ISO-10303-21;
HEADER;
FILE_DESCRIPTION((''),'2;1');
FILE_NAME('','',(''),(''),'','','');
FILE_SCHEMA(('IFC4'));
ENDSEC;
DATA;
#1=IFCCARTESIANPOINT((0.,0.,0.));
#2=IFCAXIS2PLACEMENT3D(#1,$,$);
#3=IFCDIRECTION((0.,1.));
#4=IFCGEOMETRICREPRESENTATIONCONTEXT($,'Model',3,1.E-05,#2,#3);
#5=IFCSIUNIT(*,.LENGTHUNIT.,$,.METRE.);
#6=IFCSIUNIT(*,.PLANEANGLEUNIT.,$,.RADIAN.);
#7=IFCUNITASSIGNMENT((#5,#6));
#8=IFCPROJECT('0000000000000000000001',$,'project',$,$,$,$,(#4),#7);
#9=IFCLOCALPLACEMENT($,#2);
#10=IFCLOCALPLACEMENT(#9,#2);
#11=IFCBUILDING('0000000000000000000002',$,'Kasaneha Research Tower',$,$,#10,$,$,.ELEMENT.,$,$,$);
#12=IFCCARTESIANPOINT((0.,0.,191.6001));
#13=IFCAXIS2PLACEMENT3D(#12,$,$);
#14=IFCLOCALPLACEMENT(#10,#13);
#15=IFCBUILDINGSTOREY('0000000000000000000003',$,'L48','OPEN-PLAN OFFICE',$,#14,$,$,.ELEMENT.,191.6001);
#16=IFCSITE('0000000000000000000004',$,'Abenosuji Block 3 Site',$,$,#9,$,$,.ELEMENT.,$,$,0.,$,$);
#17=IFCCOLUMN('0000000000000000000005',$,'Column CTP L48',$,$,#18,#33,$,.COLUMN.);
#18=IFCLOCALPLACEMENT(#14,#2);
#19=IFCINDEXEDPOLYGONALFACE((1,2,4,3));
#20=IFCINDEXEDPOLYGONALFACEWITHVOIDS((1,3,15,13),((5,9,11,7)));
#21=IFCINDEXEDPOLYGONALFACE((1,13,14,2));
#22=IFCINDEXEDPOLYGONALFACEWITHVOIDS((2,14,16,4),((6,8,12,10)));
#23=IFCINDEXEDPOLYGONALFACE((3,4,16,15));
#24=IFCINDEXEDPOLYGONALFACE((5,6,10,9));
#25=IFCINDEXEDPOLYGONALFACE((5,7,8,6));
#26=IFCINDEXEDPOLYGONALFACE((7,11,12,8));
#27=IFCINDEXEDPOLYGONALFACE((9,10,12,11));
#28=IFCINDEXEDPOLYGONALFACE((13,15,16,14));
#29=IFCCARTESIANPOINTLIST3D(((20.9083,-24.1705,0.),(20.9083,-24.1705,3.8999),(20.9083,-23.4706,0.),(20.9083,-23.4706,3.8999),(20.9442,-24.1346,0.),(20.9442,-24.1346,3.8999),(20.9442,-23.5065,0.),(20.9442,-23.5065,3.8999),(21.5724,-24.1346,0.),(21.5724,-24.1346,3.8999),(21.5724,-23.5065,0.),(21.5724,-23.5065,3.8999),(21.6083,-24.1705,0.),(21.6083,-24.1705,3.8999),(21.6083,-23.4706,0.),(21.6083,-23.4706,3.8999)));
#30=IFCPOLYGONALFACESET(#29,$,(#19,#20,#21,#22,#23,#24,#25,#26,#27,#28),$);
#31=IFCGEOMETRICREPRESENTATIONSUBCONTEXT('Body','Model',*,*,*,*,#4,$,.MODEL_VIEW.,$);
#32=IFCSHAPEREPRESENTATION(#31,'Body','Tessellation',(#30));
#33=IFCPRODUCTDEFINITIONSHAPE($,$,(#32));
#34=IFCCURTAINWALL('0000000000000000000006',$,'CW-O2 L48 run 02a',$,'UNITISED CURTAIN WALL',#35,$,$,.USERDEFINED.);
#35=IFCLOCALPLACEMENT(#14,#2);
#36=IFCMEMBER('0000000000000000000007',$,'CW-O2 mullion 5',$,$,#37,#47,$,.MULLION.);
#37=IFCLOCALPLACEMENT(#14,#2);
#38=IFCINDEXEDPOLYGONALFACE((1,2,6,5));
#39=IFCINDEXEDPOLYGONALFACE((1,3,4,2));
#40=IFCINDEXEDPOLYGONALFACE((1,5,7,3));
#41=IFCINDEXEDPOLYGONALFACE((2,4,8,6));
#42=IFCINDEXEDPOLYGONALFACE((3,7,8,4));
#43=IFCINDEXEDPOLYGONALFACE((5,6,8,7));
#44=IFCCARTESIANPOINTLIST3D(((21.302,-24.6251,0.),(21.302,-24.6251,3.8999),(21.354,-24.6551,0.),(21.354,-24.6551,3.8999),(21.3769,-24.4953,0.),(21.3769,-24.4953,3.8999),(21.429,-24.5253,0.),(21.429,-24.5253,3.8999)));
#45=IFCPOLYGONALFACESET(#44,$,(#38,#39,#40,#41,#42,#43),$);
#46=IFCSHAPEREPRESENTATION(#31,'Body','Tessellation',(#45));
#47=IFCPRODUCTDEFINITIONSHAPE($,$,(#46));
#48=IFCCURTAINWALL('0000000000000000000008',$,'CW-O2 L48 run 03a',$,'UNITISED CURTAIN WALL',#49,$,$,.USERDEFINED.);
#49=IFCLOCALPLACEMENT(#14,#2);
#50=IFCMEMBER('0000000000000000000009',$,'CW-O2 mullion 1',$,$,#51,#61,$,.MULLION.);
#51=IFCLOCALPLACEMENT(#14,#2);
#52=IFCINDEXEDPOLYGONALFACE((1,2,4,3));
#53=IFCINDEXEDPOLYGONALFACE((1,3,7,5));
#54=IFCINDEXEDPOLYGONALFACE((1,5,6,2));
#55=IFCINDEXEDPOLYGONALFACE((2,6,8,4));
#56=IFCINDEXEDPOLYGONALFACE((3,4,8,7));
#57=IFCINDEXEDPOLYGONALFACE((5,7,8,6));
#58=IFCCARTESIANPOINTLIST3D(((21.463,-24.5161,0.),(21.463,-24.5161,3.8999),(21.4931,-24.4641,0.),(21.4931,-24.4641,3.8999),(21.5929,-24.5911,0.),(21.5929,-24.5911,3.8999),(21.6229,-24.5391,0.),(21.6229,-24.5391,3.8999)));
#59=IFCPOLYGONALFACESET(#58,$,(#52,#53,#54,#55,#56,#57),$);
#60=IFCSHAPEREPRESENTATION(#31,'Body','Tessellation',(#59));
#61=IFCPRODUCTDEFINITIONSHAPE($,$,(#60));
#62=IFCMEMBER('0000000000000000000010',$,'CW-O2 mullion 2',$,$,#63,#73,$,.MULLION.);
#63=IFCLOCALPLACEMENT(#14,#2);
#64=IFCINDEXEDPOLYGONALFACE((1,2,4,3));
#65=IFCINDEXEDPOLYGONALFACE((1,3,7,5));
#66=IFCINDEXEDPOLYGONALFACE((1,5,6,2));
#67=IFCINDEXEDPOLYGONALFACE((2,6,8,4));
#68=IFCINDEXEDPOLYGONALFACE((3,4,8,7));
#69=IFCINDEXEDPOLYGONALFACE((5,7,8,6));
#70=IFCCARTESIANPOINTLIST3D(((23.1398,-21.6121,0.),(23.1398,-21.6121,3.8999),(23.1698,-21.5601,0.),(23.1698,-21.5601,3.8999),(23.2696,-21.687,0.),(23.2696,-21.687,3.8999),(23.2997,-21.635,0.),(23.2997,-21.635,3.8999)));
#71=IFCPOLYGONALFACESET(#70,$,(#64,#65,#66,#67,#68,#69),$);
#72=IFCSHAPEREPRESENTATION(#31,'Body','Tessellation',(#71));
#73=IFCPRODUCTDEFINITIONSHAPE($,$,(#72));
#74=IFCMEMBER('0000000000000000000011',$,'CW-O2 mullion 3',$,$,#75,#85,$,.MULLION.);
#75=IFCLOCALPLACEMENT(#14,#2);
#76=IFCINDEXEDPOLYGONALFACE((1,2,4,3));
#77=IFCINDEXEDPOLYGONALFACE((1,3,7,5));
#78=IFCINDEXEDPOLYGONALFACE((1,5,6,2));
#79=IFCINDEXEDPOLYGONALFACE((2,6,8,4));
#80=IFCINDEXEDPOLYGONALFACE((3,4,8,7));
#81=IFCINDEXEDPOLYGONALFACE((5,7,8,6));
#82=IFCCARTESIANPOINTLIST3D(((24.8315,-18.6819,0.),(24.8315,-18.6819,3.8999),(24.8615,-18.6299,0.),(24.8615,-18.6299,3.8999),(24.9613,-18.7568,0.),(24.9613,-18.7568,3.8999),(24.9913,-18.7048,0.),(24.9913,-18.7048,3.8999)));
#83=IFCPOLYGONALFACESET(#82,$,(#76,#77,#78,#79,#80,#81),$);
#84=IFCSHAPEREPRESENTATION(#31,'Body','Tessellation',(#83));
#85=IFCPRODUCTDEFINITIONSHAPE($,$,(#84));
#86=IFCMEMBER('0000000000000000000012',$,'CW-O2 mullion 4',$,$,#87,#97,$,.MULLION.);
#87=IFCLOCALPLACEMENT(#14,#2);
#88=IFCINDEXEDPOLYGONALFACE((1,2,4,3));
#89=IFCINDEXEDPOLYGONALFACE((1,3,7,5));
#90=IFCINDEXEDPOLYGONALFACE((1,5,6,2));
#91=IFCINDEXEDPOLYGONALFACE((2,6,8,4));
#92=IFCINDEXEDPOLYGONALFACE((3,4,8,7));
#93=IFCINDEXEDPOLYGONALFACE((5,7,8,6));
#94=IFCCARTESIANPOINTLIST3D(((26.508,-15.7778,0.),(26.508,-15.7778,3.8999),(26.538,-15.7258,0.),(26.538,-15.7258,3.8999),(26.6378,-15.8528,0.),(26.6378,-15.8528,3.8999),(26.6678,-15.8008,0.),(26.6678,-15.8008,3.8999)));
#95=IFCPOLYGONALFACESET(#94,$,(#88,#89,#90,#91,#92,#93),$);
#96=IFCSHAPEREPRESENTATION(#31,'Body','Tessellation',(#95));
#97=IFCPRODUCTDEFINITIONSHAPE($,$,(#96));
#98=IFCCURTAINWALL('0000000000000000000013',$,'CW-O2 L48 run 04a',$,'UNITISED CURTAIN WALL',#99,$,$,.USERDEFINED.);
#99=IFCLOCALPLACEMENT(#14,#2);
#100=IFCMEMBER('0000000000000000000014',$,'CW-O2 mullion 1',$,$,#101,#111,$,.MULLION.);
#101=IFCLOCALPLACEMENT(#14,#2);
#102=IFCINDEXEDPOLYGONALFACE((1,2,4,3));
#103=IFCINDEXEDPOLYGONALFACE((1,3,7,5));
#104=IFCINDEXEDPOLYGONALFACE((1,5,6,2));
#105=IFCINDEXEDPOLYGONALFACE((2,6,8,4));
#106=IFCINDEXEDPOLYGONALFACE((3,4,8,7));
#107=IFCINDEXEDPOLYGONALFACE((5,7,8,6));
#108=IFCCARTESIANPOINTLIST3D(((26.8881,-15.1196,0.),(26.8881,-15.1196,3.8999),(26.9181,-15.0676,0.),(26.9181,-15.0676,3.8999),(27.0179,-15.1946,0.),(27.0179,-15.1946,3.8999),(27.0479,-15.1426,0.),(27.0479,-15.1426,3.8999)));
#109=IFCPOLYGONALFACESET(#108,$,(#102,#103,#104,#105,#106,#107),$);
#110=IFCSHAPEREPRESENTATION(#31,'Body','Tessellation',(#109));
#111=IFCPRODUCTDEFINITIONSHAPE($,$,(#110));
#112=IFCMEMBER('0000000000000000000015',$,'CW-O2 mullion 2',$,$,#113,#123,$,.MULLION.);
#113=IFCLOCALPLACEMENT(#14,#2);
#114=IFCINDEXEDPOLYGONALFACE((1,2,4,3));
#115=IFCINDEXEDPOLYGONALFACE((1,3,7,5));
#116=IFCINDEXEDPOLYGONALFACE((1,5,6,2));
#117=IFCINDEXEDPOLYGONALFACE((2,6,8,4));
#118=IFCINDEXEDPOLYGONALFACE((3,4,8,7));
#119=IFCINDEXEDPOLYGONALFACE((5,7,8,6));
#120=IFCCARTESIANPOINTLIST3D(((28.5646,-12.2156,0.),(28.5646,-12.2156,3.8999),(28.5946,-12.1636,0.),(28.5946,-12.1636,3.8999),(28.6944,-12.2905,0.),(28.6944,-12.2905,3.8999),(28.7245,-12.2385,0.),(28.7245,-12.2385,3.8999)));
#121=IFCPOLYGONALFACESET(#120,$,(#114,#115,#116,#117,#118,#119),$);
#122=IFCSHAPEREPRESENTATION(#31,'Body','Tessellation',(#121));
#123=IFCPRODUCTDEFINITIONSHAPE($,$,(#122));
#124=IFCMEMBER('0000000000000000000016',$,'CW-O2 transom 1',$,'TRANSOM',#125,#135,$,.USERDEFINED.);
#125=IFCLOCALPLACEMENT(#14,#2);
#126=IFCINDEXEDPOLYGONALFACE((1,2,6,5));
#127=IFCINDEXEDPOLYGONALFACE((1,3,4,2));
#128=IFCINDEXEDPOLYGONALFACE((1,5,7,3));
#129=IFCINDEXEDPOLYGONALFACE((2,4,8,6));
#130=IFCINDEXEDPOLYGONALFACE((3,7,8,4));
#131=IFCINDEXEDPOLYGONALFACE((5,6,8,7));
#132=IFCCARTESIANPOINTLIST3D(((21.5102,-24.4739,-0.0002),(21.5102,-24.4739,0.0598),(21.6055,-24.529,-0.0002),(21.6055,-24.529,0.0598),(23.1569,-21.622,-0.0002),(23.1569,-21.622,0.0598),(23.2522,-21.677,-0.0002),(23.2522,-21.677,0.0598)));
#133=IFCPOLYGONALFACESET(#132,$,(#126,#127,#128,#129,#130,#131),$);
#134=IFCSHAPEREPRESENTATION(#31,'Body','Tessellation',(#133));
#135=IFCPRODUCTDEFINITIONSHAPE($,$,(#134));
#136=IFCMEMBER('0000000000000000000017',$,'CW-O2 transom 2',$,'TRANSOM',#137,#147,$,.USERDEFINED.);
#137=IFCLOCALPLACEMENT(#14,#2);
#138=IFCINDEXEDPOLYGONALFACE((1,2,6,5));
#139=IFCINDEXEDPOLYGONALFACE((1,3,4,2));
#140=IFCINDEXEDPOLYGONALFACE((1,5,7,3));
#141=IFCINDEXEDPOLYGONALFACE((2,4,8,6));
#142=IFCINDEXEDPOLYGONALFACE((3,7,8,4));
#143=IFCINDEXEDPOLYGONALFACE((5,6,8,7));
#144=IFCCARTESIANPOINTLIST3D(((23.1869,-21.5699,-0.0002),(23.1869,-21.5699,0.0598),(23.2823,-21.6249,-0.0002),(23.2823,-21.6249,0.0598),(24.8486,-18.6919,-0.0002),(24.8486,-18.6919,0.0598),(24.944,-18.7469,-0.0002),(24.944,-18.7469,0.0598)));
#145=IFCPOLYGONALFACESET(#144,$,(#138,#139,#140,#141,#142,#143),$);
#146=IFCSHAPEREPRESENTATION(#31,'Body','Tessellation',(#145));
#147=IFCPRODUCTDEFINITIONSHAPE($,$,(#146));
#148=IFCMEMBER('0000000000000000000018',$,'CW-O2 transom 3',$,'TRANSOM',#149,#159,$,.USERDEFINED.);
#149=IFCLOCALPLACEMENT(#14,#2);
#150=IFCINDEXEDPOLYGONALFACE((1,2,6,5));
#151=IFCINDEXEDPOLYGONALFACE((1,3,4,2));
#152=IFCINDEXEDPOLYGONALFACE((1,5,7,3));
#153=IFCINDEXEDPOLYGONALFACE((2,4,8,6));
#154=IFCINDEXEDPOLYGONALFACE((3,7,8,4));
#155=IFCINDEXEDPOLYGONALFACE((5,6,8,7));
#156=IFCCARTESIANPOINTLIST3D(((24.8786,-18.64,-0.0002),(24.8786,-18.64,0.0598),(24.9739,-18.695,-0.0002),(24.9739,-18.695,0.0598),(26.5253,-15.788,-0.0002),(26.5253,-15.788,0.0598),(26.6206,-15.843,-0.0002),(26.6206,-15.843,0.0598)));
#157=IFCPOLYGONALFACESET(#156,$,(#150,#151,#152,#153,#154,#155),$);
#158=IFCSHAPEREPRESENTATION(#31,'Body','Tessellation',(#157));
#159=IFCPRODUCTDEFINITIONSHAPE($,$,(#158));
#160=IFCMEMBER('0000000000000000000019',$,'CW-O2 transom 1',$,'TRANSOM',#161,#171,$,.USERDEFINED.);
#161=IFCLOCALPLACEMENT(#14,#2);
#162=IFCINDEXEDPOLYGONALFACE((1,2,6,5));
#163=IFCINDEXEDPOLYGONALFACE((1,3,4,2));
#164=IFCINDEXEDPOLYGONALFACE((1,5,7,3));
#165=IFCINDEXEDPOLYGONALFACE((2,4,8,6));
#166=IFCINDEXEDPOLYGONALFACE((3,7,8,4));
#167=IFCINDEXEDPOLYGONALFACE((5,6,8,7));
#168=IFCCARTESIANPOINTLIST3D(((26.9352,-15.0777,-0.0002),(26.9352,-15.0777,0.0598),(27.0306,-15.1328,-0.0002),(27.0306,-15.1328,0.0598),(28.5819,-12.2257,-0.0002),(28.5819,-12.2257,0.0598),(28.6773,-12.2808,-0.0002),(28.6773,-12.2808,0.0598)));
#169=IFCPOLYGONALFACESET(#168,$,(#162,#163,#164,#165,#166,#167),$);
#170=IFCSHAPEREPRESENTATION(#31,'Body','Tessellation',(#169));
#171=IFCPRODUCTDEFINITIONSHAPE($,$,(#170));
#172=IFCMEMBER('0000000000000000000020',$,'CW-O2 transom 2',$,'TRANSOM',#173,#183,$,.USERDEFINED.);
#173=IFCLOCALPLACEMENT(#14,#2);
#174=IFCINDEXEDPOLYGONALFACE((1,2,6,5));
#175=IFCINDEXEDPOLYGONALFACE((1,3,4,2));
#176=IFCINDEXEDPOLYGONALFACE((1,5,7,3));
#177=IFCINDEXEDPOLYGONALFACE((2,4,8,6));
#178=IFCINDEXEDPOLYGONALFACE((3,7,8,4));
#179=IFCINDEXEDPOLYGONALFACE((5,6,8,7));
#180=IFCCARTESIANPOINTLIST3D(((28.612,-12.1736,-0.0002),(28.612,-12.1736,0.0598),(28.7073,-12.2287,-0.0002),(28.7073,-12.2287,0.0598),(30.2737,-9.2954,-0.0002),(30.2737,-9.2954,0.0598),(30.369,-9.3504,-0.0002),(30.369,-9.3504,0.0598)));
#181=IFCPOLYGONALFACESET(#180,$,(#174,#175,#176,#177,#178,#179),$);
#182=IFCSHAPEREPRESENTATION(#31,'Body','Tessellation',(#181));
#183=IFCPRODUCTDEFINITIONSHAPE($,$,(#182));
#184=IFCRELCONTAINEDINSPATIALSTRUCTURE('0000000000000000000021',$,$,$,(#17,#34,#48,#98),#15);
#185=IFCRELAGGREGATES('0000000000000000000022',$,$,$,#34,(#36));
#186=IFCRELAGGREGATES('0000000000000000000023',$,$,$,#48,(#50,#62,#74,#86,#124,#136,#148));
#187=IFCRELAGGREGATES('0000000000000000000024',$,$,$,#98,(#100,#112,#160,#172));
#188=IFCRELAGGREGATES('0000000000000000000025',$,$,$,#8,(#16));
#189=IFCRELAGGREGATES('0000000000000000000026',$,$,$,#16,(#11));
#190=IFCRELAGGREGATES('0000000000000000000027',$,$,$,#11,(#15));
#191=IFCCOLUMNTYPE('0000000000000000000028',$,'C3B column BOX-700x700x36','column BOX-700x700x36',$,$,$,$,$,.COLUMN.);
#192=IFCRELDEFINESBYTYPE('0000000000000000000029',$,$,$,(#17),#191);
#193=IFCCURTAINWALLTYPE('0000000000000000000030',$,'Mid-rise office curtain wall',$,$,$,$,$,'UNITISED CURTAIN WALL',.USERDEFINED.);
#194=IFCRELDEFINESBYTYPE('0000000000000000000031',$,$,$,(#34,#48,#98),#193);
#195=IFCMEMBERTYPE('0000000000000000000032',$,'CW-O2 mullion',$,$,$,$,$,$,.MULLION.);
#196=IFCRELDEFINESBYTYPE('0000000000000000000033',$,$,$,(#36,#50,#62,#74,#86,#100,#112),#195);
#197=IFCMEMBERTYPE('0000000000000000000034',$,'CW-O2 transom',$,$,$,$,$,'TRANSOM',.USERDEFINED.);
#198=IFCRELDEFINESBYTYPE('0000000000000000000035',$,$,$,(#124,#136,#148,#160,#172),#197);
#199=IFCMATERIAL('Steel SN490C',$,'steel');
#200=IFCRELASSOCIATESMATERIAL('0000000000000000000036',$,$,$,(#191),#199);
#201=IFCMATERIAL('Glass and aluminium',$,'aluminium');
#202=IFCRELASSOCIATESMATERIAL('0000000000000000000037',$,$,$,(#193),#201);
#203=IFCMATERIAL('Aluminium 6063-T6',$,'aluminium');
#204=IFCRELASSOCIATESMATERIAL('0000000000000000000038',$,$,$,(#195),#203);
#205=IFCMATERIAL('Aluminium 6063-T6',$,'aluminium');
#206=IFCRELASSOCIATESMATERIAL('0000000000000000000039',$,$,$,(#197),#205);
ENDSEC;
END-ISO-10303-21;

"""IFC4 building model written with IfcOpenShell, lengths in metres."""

from ifc_helpers import new_model, si_unit, direction, frame, origin, origin_2d, place, context, subcontext, project, spatial, rectangle, hollow_rectangle, extrude, material, material_profile, profile_set, type_object, element, aggregate, save


model = new_model("IFC4")

# Units and contexts
model_context = context("Model", 3, precision=1e-05, world=origin(), true_north=direction((0.0, 1.0)))
body_context = subcontext(model_context, "Body", "Model", "MODEL_VIEW")
ifc_project = project(units=[si_unit("LENGTHUNIT", "METRE"), si_unit("PLANEANGLEUNIT", "RADIAN")], contexts=[model_context])

# Site, building, storey
site_placement = place(None, origin())
site = spatial("IfcSite", under=ifc_project, at=site_placement, Name="Abenosuji Block 3 Site", CompositionType="ELEMENT", RefElevation=0.0)
building_placement = place(site_placement, origin())
building = spatial("IfcBuilding", under=site, at=building_placement, Name="Kasaneha Research Tower", CompositionType="ELEMENT")
storey_placement = place(building_placement, frame((0.0, 0.0, 191.6001)))
storey = spatial("IfcBuildingStorey", under=building, at=storey_placement, Name="L48", Description="OPEN-PLAN OFFICE", CompositionType="ELEMENT", Elevation=191.6001)

# Column
ifc_material_1 = material(Name="Steel SN490C", Category="steel")
ifc_material_profile_1 = material_profile(ifc_material_1, hollow_rectangle(XDim=0.7, YDim=0.7, WallThickness=0.0359, at=origin_2d()), Name="BOX-700x700x36")
ifc_profile_set_1 = profile_set([ifc_material_profile_1], Name="Steel SN490C")
column_type = type_object("IfcColumnType", Name="C3B column BOX-700x700x36", Description="column BOX-700x700x36", PredefinedType="COLUMN", material=ifc_profile_set_1)
column_placement = place(storey_placement, frame((21.2583, -23.8206, 0.0), z_axis=(0.0, 0.0, 1.0), x_axis=(1.0, 0.0, 0.0)))
element("IfcColumn", 1, at=column_placement, inside=storey, type_object=column_type, Name="Column CTP L48", PredefinedType="COLUMN", context=body_context, shape_type="SweptSolid", body=[
    extrude(hollow_rectangle(XDim=0.7, YDim=0.7, WallThickness=0.0359, at=origin_2d()), origin(), (0.0, 0.0, 1.0), 3.8999),
])

# Curtain wall, member
ifc_material_2 = material(Name="Glass and aluminium", Category="aluminium")
curtain_wall_type = type_object("IfcCurtainWallType", Name="Mid-rise office curtain wall", ElementType="UNITISED CURTAIN WALL", PredefinedType="USERDEFINED", material=ifc_material_2)
curtain_wall_1_placement = place(storey_placement, origin())
curtain_wall_1 = element("IfcCurtainWall", 2, at=curtain_wall_1_placement, inside=storey, type_object=curtain_wall_type, Name="CW-O2 L48 run 02a", ObjectType="UNITISED CURTAIN WALL", PredefinedType="USERDEFINED")
ifc_material_3 = material(Name="Aluminium 6063-T6", Category="aluminium")
ifc_material_profile_2 = material_profile(ifc_material_3, rectangle(XDim=0.0601, YDim=0.1499, at=origin_2d()), Name="CW-O2 mullion 60x150")
ifc_profile_set_2 = profile_set([ifc_material_profile_2], Name="Aluminium 6063-T6")
member_type_1 = type_object("IfcMemberType", Name="CW-O2 mullion", PredefinedType="MULLION", material=ifc_profile_set_2)
member_1_placement = place(storey_placement, frame((21.3655, -24.5752, 0.0), z_axis=(0.0, 0.0, 1.0), x_axis=(0.866025, -0.5, 0.0)))
member_1 = element("IfcMember", 3, at=member_1_placement, type_object=member_type_1, Name="CW-O2 mullion 5", PredefinedType="MULLION", context=body_context, shape_type="SweptSolid", body=[
    extrude(rectangle(XDim=0.0601, YDim=0.1499, at=origin_2d()), origin(), (0.0, 0.0, 1.0), 3.8999),
])

# Curtain walls, members
curtain_wall_2_placement = place(storey_placement, origin())
curtain_wall_2 = element("IfcCurtainWall", 4, at=curtain_wall_2_placement, inside=storey, type_object=curtain_wall_type, Name="CW-O2 L48 run 03a", ObjectType="UNITISED CURTAIN WALL", PredefinedType="USERDEFINED")
member_2_placement = place(storey_placement, frame((21.543, -24.5276, 0.0), z_axis=(0.0, 0.0, 1.0), x_axis=(0.5, 0.866025, 0.0)))
member_2 = element("IfcMember", 5, at=member_2_placement, type_object=member_type_1, Name="CW-O2 mullion 1", PredefinedType="MULLION", context=body_context, shape_type="SweptSolid", body=[
    extrude(rectangle(XDim=0.0601, YDim=0.1499, at=origin_2d()), origin(), (0.0, 0.0, 1.0), 3.8999),
])
member_3_placement = place(storey_placement, frame((23.2197, -21.6235, 0.0), z_axis=(0.0, 0.0, 1.0), x_axis=(0.5, 0.866025, 0.0)))
member_3 = element("IfcMember", 6, at=member_3_placement, type_object=member_type_1, Name="CW-O2 mullion 2", PredefinedType="MULLION", context=body_context, shape_type="SweptSolid", body=[
    extrude(rectangle(XDim=0.0601, YDim=0.1499, at=origin_2d()), origin(), (0.0, 0.0, 1.0), 3.8999),
])
member_4_placement = place(storey_placement, frame((24.9114, -18.6934, 0.0), z_axis=(0.0, 0.0, 1.0), x_axis=(0.5, 0.866025, 0.0)))
member_4 = element("IfcMember", 7, at=member_4_placement, type_object=member_type_1, Name="CW-O2 mullion 3", PredefinedType="MULLION", context=body_context, shape_type="SweptSolid", body=[
    extrude(rectangle(XDim=0.0601, YDim=0.1499, at=origin_2d()), origin(), (0.0, 0.0, 1.0), 3.8999),
])
member_5_placement = place(storey_placement, frame((26.5879, -15.7893, 0.0), z_axis=(0.0, 0.0, 1.0), x_axis=(0.5, 0.866025, 0.0)))
member_5 = element("IfcMember", 8, at=member_5_placement, type_object=member_type_1, Name="CW-O2 mullion 4", PredefinedType="MULLION", context=body_context, shape_type="SweptSolid", body=[
    extrude(rectangle(XDim=0.0601, YDim=0.1499, at=origin_2d()), origin(), (0.0, 0.0, 1.0), 3.8999),
])
curtain_wall_3_placement = place(storey_placement, origin())
curtain_wall_3 = element("IfcCurtainWall", 9, at=curtain_wall_3_placement, inside=storey, type_object=curtain_wall_type, Name="CW-O2 L48 run 04a", ObjectType="UNITISED CURTAIN WALL", PredefinedType="USERDEFINED")
member_6_placement = place(storey_placement, frame((26.968, -15.1311, 0.0), z_axis=(0.0, 0.0, 1.0), x_axis=(0.5, 0.866025, 0.0)))
member_6 = element("IfcMember", 10, at=member_6_placement, type_object=member_type_1, Name="CW-O2 mullion 1", PredefinedType="MULLION", context=body_context, shape_type="SweptSolid", body=[
    extrude(rectangle(XDim=0.0601, YDim=0.1499, at=origin_2d()), origin(), (0.0, 0.0, 1.0), 3.8999),
])
member_7_placement = place(storey_placement, frame((28.6445, -12.2271, 0.0), z_axis=(0.0, 0.0, 1.0), x_axis=(0.5, 0.866025, 0.0)))
member_7 = element("IfcMember", 11, at=member_7_placement, type_object=member_type_1, Name="CW-O2 mullion 2", PredefinedType="MULLION", context=body_context, shape_type="SweptSolid", body=[
    extrude(rectangle(XDim=0.0601, YDim=0.1499, at=origin_2d()), origin(), (0.0, 0.0, 1.0), 3.8999),
])

# Members
ifc_material_4 = material(Name="Aluminium 6063-T6", Category="aluminium")
ifc_material_profile_3 = material_profile(ifc_material_4, rectangle(XDim=0.1101, YDim=0.0601, at=origin_2d()), Name="CW-O2 transom 110x60")
ifc_profile_set_3 = profile_set([ifc_material_profile_3], Name="Aluminium 6063-T6")
member_type_2 = type_object("IfcMemberType", Name="CW-O2 transom", ElementType="TRANSOM", PredefinedType="USERDEFINED", material=ifc_profile_set_3)
member_8_placement = place(storey_placement, frame((21.5579, -24.5015, 0.0298), z_axis=(0.500022, 0.866013, 0.0), x_axis=(-0.866013, 0.500022, 0.0)))
member_8 = element("IfcMember", 12, at=member_8_placement, type_object=member_type_2, Name="CW-O2 transom 1", ObjectType="TRANSOM", PredefinedType="USERDEFINED", context=body_context, shape_type="SweptSolid", body=[
    extrude(rectangle(XDim=0.1101, YDim=0.0601, at=origin_2d()), origin(), (0.0, 0.0, 1.0), 3.2932),
])
member_9_placement = place(storey_placement, frame((23.2346, -21.5974, 0.0298), z_axis=(0.500011, 0.866019, 0.0), x_axis=(-0.866019, 0.500011, 0.0)))
member_9 = element("IfcMember", 13, at=member_9_placement, type_object=member_type_2, Name="CW-O2 transom 2", ObjectType="TRANSOM", PredefinedType="USERDEFINED", context=body_context, shape_type="SweptSolid", body=[
    extrude(rectangle(XDim=0.1101, YDim=0.0601, at=origin_2d()), origin(), (0.0, 0.0, 1.0), 3.3232),
])
member_10_placement = place(storey_placement, frame((24.9263, -18.6675, 0.0298), z_axis=(0.500022, 0.866013, 0.0), x_axis=(-0.866013, 0.500022, 0.0)))
member_10 = element("IfcMember", 14, at=member_10_placement, type_object=member_type_2, Name="CW-O2 transom 3", ObjectType="TRANSOM", PredefinedType="USERDEFINED", context=body_context, shape_type="SweptSolid", body=[
    extrude(rectangle(XDim=0.1101, YDim=0.0601, at=origin_2d()), origin(), (0.0, 0.0, 1.0), 3.2932),
])
member_11_placement = place(storey_placement, frame((26.9829, -15.1052, 0.0298), z_axis=(0.500022, 0.866013, 0.0), x_axis=(-0.866013, 0.500022, 0.0)))
member_11 = element("IfcMember", 15, at=member_11_placement, type_object=member_type_2, Name="CW-O2 transom 1", ObjectType="TRANSOM", PredefinedType="USERDEFINED", context=body_context, shape_type="SweptSolid", body=[
    extrude(rectangle(XDim=0.1101, YDim=0.0601, at=origin_2d()), origin(), (0.0, 0.0, 1.0), 3.2932),
])
member_12_placement = place(storey_placement, frame((28.6597, -12.2012, 0.0298), z_axis=(0.499979, 0.866038, 0.0), x_axis=(-0.866038, 0.499979, 0.0)))
member_12 = element("IfcMember", 16, at=member_12_placement, type_object=member_type_2, Name="CW-O2 transom 2", ObjectType="TRANSOM", PredefinedType="USERDEFINED", context=body_context, shape_type="SweptSolid", body=[
    extrude(rectangle(XDim=0.1101, YDim=0.0601, at=origin_2d()), origin(), (0.0, 0.0, 1.0), 3.3235),
])

aggregate(curtain_wall_1, [member_1])
aggregate(curtain_wall_2, [member_2, member_3, member_4, member_5, member_8, member_9, member_10])
aggregate(curtain_wall_3, [member_6, member_7, member_11, member_12])

save(model, "model.ifc")
